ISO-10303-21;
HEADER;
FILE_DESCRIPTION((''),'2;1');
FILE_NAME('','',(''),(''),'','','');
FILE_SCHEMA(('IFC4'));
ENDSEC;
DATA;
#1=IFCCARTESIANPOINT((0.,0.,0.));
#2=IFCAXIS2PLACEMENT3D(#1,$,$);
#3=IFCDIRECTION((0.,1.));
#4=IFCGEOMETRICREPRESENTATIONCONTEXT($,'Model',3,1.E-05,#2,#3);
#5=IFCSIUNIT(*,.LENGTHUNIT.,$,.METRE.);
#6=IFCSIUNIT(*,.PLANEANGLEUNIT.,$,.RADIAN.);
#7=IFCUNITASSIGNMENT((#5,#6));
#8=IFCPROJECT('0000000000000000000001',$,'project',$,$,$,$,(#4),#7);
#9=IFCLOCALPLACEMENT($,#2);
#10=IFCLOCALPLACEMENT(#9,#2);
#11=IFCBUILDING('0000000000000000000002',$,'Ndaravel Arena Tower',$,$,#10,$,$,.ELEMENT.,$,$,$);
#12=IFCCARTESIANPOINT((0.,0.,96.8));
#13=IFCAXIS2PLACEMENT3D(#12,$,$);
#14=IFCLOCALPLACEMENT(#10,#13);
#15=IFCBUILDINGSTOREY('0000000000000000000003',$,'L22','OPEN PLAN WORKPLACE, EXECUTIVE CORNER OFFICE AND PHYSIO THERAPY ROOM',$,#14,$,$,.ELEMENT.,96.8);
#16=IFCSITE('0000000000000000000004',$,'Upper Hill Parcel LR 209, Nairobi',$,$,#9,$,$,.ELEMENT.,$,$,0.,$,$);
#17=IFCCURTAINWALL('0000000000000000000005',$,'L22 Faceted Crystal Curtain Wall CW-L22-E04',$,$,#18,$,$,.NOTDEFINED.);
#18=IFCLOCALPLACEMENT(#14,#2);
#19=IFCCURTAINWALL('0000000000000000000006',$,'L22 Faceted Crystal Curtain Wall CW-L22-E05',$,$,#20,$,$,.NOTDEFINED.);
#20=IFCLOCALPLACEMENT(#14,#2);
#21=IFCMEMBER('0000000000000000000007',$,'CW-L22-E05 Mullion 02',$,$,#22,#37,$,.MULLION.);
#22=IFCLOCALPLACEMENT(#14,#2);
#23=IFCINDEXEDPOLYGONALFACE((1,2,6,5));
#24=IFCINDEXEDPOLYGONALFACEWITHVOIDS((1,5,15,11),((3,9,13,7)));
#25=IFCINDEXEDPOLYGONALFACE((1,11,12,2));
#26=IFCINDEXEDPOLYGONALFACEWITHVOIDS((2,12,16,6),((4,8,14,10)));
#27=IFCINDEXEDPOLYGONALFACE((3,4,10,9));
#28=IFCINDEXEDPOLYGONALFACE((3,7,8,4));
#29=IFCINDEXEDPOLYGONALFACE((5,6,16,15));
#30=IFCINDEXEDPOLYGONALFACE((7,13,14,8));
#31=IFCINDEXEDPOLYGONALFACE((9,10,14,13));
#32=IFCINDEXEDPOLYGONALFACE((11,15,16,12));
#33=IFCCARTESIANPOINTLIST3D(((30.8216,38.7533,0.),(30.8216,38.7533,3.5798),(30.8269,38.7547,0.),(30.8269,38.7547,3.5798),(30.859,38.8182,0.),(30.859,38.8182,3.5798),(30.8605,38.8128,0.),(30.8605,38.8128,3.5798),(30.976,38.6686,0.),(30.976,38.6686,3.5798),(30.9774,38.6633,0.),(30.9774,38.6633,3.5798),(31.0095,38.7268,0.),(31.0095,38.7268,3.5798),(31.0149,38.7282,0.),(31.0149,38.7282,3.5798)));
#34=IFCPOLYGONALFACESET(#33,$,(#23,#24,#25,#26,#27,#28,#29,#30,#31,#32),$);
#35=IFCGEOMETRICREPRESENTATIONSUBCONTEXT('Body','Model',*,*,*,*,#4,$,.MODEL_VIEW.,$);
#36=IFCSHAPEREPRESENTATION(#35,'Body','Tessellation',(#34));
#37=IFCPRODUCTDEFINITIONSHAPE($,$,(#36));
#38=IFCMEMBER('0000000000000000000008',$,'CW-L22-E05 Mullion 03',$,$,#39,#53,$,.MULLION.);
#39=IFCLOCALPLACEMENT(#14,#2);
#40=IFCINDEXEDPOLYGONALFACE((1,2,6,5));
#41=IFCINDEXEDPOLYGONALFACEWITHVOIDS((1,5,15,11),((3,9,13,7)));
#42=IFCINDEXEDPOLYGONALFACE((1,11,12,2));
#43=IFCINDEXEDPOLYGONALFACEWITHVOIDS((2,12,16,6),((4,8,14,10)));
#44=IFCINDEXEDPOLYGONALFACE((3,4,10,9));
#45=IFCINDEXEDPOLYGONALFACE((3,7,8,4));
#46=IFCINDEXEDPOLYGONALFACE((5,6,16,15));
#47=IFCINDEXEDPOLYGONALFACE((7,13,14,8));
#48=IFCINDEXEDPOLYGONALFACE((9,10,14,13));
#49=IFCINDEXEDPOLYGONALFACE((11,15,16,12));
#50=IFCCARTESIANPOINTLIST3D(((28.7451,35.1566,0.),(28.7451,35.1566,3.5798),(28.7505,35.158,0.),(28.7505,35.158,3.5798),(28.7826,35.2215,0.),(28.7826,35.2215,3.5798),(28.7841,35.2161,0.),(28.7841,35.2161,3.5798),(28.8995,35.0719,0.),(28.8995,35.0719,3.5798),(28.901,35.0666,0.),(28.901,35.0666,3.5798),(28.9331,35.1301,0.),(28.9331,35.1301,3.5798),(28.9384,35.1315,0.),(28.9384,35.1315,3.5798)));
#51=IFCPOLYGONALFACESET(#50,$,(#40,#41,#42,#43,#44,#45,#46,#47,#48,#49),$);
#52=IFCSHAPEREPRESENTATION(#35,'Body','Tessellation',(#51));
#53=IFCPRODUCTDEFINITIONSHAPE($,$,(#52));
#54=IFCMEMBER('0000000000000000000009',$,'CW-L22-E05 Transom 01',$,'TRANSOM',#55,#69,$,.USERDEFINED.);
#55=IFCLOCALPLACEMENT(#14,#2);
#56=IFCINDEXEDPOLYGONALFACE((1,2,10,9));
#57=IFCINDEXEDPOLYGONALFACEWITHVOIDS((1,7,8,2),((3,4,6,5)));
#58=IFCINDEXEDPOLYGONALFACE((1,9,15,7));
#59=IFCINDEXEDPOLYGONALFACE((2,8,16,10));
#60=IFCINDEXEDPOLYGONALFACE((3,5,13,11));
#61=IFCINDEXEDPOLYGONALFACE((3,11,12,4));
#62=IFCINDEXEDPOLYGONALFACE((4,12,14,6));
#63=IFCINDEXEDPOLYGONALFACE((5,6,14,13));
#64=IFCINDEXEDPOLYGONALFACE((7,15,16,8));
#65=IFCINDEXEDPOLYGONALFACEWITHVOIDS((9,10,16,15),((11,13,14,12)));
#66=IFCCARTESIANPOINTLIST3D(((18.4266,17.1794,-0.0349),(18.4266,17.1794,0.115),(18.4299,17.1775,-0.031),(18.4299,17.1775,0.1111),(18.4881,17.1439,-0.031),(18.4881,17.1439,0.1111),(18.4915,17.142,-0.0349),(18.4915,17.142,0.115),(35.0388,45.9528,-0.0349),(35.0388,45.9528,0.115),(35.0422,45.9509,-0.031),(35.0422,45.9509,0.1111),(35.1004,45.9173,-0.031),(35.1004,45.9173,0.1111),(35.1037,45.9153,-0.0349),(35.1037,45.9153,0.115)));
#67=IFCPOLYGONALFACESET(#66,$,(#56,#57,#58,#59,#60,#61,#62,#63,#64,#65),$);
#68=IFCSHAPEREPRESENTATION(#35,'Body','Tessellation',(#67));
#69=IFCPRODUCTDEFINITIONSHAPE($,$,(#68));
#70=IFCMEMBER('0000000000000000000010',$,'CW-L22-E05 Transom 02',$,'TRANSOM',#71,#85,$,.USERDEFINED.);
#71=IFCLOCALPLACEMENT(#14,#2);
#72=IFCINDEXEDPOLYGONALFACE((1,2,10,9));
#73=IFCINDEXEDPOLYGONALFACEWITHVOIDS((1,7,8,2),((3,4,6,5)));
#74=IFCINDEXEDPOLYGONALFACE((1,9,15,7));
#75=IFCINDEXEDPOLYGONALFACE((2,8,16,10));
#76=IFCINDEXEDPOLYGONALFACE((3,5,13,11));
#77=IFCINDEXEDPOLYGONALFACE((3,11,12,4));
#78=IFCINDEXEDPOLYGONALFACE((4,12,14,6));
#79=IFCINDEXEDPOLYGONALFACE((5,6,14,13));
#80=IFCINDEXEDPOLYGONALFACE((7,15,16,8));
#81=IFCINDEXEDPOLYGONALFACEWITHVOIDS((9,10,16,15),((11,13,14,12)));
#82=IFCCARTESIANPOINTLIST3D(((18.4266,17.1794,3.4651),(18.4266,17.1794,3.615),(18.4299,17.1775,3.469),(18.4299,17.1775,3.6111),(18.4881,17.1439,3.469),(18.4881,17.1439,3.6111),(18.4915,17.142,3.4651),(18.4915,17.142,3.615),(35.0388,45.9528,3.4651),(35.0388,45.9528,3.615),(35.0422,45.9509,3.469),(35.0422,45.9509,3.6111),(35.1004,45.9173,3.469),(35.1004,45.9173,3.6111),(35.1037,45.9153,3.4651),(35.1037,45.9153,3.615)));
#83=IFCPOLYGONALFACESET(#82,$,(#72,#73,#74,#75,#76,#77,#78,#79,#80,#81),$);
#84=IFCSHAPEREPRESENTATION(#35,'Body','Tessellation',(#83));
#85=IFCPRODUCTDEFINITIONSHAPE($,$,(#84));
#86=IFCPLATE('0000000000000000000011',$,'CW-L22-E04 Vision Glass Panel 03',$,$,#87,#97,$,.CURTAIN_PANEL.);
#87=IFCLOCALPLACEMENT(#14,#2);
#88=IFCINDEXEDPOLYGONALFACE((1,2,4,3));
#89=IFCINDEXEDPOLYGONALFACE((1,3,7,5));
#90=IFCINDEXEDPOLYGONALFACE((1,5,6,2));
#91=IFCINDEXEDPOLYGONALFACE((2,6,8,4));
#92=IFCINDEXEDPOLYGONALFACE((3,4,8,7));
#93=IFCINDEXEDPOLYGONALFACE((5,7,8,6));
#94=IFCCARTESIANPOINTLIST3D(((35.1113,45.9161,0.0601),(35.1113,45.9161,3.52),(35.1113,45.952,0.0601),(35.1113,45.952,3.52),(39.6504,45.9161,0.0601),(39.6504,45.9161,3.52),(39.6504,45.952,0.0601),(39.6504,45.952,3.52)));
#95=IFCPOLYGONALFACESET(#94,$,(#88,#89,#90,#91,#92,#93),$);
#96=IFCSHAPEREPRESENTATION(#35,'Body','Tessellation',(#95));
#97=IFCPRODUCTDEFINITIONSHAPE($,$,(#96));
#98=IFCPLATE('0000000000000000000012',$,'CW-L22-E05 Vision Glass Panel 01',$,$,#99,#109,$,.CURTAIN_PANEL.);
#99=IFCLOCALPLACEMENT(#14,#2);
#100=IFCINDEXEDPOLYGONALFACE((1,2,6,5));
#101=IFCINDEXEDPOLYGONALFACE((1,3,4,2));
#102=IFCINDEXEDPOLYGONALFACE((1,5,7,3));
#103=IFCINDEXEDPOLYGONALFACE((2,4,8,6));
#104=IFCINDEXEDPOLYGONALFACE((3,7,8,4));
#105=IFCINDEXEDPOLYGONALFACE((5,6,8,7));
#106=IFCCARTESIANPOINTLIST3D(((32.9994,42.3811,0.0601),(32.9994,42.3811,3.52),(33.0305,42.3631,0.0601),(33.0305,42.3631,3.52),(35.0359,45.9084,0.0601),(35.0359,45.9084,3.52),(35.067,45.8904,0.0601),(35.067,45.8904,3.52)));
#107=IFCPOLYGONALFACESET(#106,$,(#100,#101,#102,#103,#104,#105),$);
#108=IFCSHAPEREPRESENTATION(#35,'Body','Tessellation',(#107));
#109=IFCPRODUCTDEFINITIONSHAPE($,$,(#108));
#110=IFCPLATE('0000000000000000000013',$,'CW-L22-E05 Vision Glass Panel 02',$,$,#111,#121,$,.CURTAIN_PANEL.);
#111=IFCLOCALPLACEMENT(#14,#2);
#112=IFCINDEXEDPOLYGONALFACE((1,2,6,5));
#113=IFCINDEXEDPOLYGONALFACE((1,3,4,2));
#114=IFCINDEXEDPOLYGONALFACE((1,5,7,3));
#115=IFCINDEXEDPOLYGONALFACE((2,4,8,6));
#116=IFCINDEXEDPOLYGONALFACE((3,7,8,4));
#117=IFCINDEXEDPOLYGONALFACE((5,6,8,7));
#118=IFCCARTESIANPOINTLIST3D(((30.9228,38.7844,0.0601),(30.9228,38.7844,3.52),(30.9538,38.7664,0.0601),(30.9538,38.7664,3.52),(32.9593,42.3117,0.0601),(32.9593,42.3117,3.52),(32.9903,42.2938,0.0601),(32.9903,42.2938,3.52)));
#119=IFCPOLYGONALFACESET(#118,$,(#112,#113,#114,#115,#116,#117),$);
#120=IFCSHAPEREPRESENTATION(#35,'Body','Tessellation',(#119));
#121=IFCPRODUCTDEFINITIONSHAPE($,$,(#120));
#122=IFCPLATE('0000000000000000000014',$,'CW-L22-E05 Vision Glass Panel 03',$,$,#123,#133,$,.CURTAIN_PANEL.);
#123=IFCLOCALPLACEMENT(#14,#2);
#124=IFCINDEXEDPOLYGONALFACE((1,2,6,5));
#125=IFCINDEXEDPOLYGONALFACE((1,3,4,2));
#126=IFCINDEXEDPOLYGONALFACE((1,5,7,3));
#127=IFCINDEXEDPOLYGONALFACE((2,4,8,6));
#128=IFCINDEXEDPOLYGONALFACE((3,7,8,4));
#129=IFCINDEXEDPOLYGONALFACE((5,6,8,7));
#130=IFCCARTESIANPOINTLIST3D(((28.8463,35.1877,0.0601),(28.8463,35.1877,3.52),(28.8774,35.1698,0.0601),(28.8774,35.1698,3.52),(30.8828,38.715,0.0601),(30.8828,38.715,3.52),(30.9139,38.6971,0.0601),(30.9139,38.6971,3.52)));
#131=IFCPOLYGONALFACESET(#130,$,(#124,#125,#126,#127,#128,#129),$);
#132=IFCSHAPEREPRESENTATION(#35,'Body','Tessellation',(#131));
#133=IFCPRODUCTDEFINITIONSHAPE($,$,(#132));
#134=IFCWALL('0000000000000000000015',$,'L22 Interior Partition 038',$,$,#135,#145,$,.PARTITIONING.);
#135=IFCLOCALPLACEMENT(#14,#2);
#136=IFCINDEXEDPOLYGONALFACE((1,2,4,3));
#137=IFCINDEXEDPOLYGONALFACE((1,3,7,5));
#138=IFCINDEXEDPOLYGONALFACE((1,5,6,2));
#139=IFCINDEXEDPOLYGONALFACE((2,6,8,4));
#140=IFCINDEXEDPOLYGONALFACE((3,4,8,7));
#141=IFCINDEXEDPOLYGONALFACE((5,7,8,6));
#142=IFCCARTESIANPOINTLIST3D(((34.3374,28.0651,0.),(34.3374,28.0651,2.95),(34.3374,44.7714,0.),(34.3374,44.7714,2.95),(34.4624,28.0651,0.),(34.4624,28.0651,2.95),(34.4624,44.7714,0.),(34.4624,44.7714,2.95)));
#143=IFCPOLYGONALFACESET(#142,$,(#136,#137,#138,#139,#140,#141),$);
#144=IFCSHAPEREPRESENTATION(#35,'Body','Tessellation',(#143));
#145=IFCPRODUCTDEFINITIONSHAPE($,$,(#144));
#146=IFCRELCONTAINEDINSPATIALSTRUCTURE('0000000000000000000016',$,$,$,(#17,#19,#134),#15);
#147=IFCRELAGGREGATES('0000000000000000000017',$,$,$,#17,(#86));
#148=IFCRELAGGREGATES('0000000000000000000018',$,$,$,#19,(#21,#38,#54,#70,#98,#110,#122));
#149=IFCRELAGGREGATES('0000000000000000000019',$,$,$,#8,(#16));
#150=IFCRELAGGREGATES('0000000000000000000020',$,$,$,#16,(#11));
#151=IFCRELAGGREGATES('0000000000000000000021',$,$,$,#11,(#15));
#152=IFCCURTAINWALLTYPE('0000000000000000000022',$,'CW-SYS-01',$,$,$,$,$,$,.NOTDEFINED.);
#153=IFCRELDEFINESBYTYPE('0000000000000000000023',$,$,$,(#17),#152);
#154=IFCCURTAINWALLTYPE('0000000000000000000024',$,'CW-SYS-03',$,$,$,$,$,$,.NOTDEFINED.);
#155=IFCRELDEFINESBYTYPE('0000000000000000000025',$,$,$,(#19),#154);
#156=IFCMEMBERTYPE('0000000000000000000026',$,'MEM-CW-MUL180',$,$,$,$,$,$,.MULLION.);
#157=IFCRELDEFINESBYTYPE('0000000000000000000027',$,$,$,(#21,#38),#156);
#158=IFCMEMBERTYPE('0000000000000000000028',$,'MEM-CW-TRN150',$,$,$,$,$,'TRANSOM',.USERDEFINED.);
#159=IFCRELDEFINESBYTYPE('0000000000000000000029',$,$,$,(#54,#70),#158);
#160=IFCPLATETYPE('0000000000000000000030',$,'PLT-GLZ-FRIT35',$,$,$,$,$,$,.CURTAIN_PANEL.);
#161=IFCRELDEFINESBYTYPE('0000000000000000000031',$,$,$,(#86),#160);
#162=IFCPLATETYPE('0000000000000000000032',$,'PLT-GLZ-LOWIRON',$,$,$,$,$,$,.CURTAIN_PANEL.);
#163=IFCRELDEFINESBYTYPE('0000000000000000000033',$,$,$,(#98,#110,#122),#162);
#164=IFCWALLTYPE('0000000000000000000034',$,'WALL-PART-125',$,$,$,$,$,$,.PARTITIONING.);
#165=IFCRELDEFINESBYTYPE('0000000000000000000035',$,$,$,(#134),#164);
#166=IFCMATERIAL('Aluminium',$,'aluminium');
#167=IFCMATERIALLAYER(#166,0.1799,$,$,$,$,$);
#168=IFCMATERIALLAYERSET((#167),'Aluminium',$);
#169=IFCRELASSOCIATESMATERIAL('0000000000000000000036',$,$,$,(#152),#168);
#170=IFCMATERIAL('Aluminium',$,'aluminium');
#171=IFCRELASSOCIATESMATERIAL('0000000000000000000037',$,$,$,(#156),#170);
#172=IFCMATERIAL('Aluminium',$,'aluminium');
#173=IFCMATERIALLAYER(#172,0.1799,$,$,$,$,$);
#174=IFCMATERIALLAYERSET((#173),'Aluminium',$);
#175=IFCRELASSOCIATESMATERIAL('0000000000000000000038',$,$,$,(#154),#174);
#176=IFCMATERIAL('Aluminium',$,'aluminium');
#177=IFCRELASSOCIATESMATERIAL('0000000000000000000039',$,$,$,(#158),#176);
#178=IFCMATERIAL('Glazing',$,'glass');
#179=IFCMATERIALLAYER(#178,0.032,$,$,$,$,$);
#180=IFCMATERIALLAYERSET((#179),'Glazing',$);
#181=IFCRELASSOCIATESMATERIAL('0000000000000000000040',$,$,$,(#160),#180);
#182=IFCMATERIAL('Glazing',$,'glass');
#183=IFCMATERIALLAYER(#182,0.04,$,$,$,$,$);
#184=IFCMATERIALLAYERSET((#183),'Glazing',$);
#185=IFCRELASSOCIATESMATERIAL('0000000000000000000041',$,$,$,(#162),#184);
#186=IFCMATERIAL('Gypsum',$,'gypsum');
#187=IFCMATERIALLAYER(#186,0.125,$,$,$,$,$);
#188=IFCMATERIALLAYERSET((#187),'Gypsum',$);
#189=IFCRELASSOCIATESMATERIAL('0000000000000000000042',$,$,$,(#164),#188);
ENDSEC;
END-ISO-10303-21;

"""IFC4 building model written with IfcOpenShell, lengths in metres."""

from ifc_helpers import new_model, si_unit, direction, frame, frame_2d, origin, origin_2d, place, context, subcontext, project, spatial, rectangle, hollow_rectangle, extrude, material, layer, layer_set, material_profile, profile_set, type_object, element, aggregate, save


model = new_model("IFC4")

# Units and contexts
model_context = context("Model", 3, precision=1e-05, world=origin(), true_north=direction((0.0, 1.0)))
body_context = subcontext(model_context, "Body", "Model", "MODEL_VIEW")
ifc_project = project(units=[si_unit("LENGTHUNIT", "METRE"), si_unit("PLANEANGLEUNIT", "RADIAN")], contexts=[model_context])

# Site, building, storey
site_placement = place(None, origin())
site = spatial("IfcSite", under=ifc_project, at=site_placement, Name="Upper Hill Parcel LR 209, Nairobi", CompositionType="ELEMENT", RefElevation=0.0)
building_placement = place(site_placement, origin())
building = spatial("IfcBuilding", under=site, at=building_placement, Name="Ndaravel Arena Tower", CompositionType="ELEMENT")
storey_placement = place(building_placement, frame((0.0, 0.0, 96.8)))
storey = spatial("IfcBuildingStorey", under=building, at=storey_placement, Name="L22", Description="OPEN PLAN WORKPLACE, EXECUTIVE CORNER OFFICE AND PHYSIO THERAPY ROOM", CompositionType="ELEMENT", Elevation=96.8)

# Curtain wall
ifc_material_1 = material(Name="Aluminium", Category="aluminium")
ifc_layer_1 = layer(ifc_material_1, 0.1799)
ifc_layer_set_1 = layer_set([ifc_layer_1], Name="Aluminium")
curtain_wall_type_1 = type_object("IfcCurtainWallType", Name="CW-SYS-01", PredefinedType="NOTDEFINED", material=ifc_layer_set_1)
curtain_wall_1_placement = place(storey_placement, origin())
curtain_wall_1 = element("IfcCurtainWall", 1, at=curtain_wall_1_placement, inside=storey, type_object=curtain_wall_type_1, Name="L22 Faceted Crystal Curtain Wall CW-L22-E04", PredefinedType="NOTDEFINED")
ifc_material_2 = material(Name="Aluminium", Category="aluminium")
ifc_material_profile_1 = material_profile(ifc_material_2, hollow_rectangle(XDim=0.075, YDim=0.1799, WallThickness=0.0039, at=origin_2d()), Name="CW MULLION 75x180x4")
ifc_profile_set_1 = profile_set([ifc_material_profile_1], Name="Aluminium")
member_type_1 = type_object("IfcMemberType", Name="MEM-CW-MUL180", PredefinedType="MULLION", material=ifc_profile_set_1)

# Curtain wall, members
ifc_material_3 = material(Name="Aluminium", Category="aluminium")
ifc_layer_2 = layer(ifc_material_3, 0.1799)
ifc_layer_set_2 = layer_set([ifc_layer_2], Name="Aluminium")
curtain_wall_type_2 = type_object("IfcCurtainWallType", Name="CW-SYS-03", PredefinedType="NOTDEFINED", material=ifc_layer_set_2)
curtain_wall_2_placement = place(storey_placement, origin())
curtain_wall_2 = element("IfcCurtainWall", 2, at=curtain_wall_2_placement, inside=storey, type_object=curtain_wall_type_2, Name="L22 Faceted Crystal Curtain Wall CW-L22-E05", PredefinedType="NOTDEFINED")
member_1_placement = place(storey_placement, frame((30.9182, 38.7407, 0.0), z_axis=(0.0, 0.0, 1.0), x_axis=(-0.5, -0.866025, 0.0)))
member_1 = element("IfcMember", 3, at=member_1_placement, type_object=member_type_1, Name="CW-L22-E05 Mullion 02", PredefinedType="MULLION", context=body_context, shape_type="SweptSolid", body=[
    extrude(hollow_rectangle(XDim=0.075, YDim=0.1799, WallThickness=0.0039, at=origin_2d()), origin(), (0.0, 0.0, 1.0), 3.5798),
])
member_2_placement = place(storey_placement, frame((28.8418, 35.144, 0.0), z_axis=(0.0, 0.0, 1.0), x_axis=(-0.5, -0.866025, 0.0)))
member_2 = element("IfcMember", 4, at=member_2_placement, type_object=member_type_1, Name="CW-L22-E05 Mullion 03", PredefinedType="MULLION", context=body_context, shape_type="SweptSolid", body=[
    extrude(hollow_rectangle(XDim=0.075, YDim=0.1799, WallThickness=0.0039, at=origin_2d()), origin(), (0.0, 0.0, 1.0), 3.5798),
])
ifc_material_4 = material(Name="Aluminium", Category="aluminium")
ifc_material_profile_2 = material_profile(ifc_material_4, hollow_rectangle(XDim=0.075, YDim=0.1499, WallThickness=0.0039, at=origin_2d()), Name="CW TRANSOM 75x150x4")
ifc_profile_set_2 = profile_set([ifc_material_profile_2], Name="Aluminium")
member_type_2 = type_object("IfcMemberType", Name="MEM-CW-TRN150", ElementType="TRANSOM", PredefinedType="USERDEFINED", material=ifc_profile_set_2)
member_3_placement = place(storey_placement, frame((35.0713, 45.9341, 0.04), z_axis=(-0.499999, -0.866026, 0.0), x_axis=(0.866026, -0.499999, 0.0)))
member_3 = element("IfcMember", 5, at=member_3_placement, type_object=member_type_2, Name="CW-L22-E05 Transom 01", ObjectType="TRANSOM", PredefinedType="USERDEFINED", context=body_context, shape_type="SweptSolid", body=[
    extrude(hollow_rectangle(XDim=0.075, YDim=0.1499, WallThickness=0.0039, at=origin_2d()), origin(), (0.0, 0.0, 1.0), 33.2246),
])
member_4_placement = place(storey_placement, frame((35.0713, 45.9341, 3.54), z_axis=(-0.499999, -0.866026, 0.0), x_axis=(0.866026, -0.499999, 0.0)))
member_4 = element("IfcMember", 6, at=member_4_placement, type_object=member_type_2, Name="CW-L22-E05 Transom 02", ObjectType="TRANSOM", PredefinedType="USERDEFINED", context=body_context, shape_type="SweptSolid", body=[
    extrude(hollow_rectangle(XDim=0.075, YDim=0.1499, WallThickness=0.0039, at=origin_2d()), origin(), (0.0, 0.0, 1.0), 33.2246),
])

# Plates
ifc_material_5 = material(Name="Glazing", Category="glass")
ifc_layer_3 = layer(ifc_material_5, 0.032)
ifc_layer_set_3 = layer_set([ifc_layer_3], Name="Glazing")
plate_type_1 = type_object("IfcPlateType", Name="PLT-GLZ-FRIT35", PredefinedType="CURTAIN_PANEL", material=ifc_layer_set_3)
plate_1_placement = place(storey_placement, frame((37.3809, 45.9341, 0.0601), z_axis=(0.0, 0.0, 1.0), x_axis=(-1.0, 0.0, 0.0)))
plate_1 = element("IfcPlate", 7, at=plate_1_placement, type_object=plate_type_1, Name="CW-L22-E04 Vision Glass Panel 03", PredefinedType="CURTAIN_PANEL", context=body_context, shape_type="SweptSolid", body=[
    extrude(rectangle(XDim=4.5391, YDim=0.0359, at=origin_2d()), origin(), (0.0, 0.0, 1.0), 3.46),
])
aggregate(curtain_wall_1, [plate_1])
ifc_material_6 = material(Name="Glazing", Category="glass")
ifc_layer_4 = layer(ifc_material_6, 0.04)
ifc_layer_set_4 = layer_set([ifc_layer_4], Name="Glazing")
plate_type_2 = type_object("IfcPlateType", Name="PLT-GLZ-LOWIRON", PredefinedType="CURTAIN_PANEL", material=ifc_layer_set_4)
plate_2_placement = place(storey_placement, frame((34.0332, 44.1357, 0.0601), z_axis=(0.0, 0.0, 1.0), x_axis=(-0.5, -0.866025, 0.0)))
plate_2 = element("IfcPlate", 8, at=plate_2_placement, type_object=plate_type_2, Name="CW-L22-E05 Vision Glass Panel 01", PredefinedType="CURTAIN_PANEL", context=body_context, shape_type="SweptSolid", body=[
    extrude(rectangle(XDim=4.073, YDim=0.0359, at=origin_2d()), origin(), (0.0, 0.0, 1.0), 3.46),
])
plate_3_placement = place(storey_placement, frame((31.9565, 40.5391, 0.0601), z_axis=(0.0, 0.0, 1.0), x_axis=(-0.5, -0.866025, 0.0)))
plate_3 = element("IfcPlate", 9, at=plate_3_placement, type_object=plate_type_2, Name="CW-L22-E05 Vision Glass Panel 02", PredefinedType="CURTAIN_PANEL", context=body_context, shape_type="SweptSolid", body=[
    extrude(rectangle(XDim=4.073, YDim=0.0359, at=origin_2d()), origin(), (0.0, 0.0, 1.0), 3.46),
])
plate_4_placement = place(storey_placement, frame((29.8801, 36.9424, 0.0601), z_axis=(0.0, 0.0, 1.0), x_axis=(-0.5, -0.866025, 0.0)))
plate_4 = element("IfcPlate", 10, at=plate_4_placement, type_object=plate_type_2, Name="CW-L22-E05 Vision Glass Panel 03", PredefinedType="CURTAIN_PANEL", context=body_context, shape_type="SweptSolid", body=[
    extrude(rectangle(XDim=4.073, YDim=0.0359, at=origin_2d()), origin(), (0.0, 0.0, 1.0), 3.46),
])
aggregate(curtain_wall_2, [member_1, member_2, member_3, member_4, plate_2, plate_3, plate_4])

# Wall
ifc_material_7 = material(Name="Gypsum", Category="gypsum")
ifc_layer_5 = layer(ifc_material_7, 0.125)
ifc_layer_set_5 = layer_set([ifc_layer_5], Name="Gypsum")
wall_type = type_object("IfcWallType", Name="WALL-PART-125", PredefinedType="PARTITIONING", material=ifc_layer_set_5)
wall_placement = place(storey_placement, frame((34.3999, 44.7712, 0.0), z_axis=(0.0, 0.0, 1.0), x_axis=(0.0, -1.0, 0.0)))
element("IfcWall", 11, at=wall_placement, inside=storey, type_object=wall_type, Name="L22 Interior Partition 038", PredefinedType="PARTITIONING", context=body_context, shape_type="SweptSolid", body=[
    extrude(rectangle(XDim=16.7063, YDim=0.125, at=frame_2d((8.353, 0.0))), origin(), (0.0, 0.0, 1.0), 2.95),
])

save(model, "model.ifc")
